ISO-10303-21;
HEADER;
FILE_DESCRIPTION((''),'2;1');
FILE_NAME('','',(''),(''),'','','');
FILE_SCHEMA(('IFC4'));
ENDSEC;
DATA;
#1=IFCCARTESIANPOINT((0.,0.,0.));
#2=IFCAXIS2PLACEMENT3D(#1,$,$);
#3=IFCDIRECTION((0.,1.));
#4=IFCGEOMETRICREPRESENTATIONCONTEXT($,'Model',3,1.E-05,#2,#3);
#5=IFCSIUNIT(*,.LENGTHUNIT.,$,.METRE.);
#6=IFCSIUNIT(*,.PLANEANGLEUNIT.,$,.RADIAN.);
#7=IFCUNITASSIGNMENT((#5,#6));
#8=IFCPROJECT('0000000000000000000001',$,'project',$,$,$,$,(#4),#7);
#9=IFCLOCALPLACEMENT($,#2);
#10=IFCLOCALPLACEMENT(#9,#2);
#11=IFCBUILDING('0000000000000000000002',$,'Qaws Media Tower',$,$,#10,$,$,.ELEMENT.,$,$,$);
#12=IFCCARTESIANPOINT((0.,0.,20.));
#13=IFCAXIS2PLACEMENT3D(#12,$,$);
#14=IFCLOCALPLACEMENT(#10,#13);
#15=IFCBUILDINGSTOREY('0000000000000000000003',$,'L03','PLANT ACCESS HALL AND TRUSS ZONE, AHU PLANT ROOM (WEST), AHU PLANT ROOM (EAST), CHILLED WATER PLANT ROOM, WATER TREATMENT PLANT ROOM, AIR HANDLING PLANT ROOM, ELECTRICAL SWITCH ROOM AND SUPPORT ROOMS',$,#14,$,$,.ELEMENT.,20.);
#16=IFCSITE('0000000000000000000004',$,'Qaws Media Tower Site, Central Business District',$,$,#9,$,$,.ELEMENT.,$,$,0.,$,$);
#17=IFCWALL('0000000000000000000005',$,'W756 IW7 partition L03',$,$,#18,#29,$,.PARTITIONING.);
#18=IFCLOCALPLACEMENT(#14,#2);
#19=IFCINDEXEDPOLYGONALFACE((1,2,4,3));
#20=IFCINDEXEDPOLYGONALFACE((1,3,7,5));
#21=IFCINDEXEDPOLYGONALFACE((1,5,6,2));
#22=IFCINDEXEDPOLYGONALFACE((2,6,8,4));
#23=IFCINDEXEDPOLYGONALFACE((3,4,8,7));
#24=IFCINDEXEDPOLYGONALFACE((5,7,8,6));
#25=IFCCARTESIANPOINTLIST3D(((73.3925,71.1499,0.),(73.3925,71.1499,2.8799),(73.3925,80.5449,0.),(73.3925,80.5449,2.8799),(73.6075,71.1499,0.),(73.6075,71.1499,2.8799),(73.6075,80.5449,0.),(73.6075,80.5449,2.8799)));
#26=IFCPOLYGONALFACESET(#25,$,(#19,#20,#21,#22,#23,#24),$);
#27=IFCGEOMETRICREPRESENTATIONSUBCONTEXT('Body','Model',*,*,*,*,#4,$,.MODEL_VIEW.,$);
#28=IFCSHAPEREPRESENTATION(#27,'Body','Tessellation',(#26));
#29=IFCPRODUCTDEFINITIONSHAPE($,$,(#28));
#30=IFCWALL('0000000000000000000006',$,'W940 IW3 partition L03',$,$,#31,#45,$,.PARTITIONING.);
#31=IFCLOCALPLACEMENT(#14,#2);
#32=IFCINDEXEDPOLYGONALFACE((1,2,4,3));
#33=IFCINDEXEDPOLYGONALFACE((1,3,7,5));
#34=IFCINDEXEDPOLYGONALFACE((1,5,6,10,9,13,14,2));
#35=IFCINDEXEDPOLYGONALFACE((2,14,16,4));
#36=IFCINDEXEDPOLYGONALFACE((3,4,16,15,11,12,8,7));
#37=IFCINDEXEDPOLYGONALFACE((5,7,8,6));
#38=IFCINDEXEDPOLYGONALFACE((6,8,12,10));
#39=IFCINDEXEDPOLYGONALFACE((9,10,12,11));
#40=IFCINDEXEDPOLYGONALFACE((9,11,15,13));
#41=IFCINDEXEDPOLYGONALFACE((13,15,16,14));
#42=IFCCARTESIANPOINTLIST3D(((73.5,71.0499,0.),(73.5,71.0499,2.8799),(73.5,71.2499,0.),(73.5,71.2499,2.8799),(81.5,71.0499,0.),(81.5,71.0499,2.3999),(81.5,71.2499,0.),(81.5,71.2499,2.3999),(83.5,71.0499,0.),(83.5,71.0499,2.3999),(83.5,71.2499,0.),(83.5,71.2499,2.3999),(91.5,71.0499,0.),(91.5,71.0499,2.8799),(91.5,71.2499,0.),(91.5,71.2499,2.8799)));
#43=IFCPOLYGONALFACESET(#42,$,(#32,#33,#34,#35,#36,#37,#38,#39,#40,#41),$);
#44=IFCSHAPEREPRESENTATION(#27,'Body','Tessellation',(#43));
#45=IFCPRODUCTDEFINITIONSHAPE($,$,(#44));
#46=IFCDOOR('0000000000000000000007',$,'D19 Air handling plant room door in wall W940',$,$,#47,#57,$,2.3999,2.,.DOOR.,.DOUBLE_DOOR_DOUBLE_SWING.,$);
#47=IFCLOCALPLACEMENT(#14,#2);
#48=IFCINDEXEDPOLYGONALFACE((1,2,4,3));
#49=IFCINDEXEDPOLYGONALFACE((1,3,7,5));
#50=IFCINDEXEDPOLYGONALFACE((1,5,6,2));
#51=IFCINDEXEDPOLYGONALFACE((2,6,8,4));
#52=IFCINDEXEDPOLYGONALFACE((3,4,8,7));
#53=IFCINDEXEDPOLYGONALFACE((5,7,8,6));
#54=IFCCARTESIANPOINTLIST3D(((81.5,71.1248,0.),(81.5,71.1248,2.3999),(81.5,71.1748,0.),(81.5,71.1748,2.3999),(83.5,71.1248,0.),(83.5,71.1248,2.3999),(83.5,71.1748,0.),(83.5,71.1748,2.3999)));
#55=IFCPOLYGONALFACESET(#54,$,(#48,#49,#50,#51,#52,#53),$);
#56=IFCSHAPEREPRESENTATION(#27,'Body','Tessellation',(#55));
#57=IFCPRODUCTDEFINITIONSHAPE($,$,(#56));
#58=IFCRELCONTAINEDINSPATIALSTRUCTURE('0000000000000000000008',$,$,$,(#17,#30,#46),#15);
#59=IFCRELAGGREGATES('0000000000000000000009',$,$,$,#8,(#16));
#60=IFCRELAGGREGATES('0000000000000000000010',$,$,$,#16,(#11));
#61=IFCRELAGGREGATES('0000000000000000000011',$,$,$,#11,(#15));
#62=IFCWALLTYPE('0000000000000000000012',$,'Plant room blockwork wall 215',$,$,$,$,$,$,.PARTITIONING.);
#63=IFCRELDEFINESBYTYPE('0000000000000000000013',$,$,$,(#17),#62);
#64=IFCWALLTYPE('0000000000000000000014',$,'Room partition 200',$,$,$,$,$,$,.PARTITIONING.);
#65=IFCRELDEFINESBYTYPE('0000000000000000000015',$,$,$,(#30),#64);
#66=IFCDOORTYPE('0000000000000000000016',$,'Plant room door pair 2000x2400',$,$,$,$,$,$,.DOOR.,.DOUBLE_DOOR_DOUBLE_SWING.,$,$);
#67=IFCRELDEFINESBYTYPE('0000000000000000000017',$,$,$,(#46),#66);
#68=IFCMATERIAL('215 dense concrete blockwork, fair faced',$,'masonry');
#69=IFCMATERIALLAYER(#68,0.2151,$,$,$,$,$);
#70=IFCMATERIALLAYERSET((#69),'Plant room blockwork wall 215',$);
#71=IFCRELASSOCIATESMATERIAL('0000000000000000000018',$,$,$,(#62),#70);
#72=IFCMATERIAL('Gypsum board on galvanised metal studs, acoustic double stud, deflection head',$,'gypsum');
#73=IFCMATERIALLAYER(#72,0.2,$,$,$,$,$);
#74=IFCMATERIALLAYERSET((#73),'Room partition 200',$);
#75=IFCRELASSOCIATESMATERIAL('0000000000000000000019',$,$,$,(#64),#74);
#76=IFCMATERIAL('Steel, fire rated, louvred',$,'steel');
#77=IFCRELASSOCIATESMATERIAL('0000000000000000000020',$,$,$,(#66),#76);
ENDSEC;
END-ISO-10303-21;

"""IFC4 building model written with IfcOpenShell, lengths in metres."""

from ifc_helpers import new_model, si_unit, direction, frame, frame_2d, origin, place, context, subcontext, project, spatial, rectangle, extrude, material, layer, layer_set, type_object, element, fill, save


model = new_model("IFC4")

# Units and contexts
model_context = context("Model", 3, precision=1e-05, world=origin(), true_north=direction((0.0, 1.0)))
body_context = subcontext(model_context, "Body", "Model", "MODEL_VIEW")
ifc_project = project(units=[si_unit("LENGTHUNIT", "METRE"), si_unit("PLANEANGLEUNIT", "RADIAN")], contexts=[model_context])

# Site, building, storey
site_placement = place(None, origin())
site = spatial("IfcSite", under=ifc_project, at=site_placement, Name="Qaws Media Tower Site, Central Business District", CompositionType="ELEMENT", RefElevation=0.0)
building_placement = place(site_placement, origin())
building = spatial("IfcBuilding", under=site, at=building_placement, Name="Qaws Media Tower", CompositionType="ELEMENT")
storey_placement = place(building_placement, frame((0.0, 0.0, 20.0)))
storey = spatial("IfcBuildingStorey", under=building, at=storey_placement, Name="L03", Description="PLANT ACCESS HALL AND TRUSS ZONE, AHU PLANT ROOM (WEST), AHU PLANT ROOM (EAST), CHILLED WATER PLANT ROOM, WATER TREATMENT PLANT ROOM, AIR HANDLING PLANT ROOM, ELECTRICAL SWITCH ROOM AND SUPPORT ROOMS", CompositionType="ELEMENT", Elevation=20.0)

# Wall
ifc_material_1 = material(Name="215 dense concrete blockwork, fair faced", Category="masonry")
ifc_layer_1 = layer(ifc_material_1, 0.2151)
ifc_layer_set_1 = layer_set([ifc_layer_1], Name="Plant room blockwork wall 215")
wall_type_1 = type_object("IfcWallType", Name="Plant room blockwork wall 215", PredefinedType="PARTITIONING", material=ifc_layer_set_1)
wall_1_placement = place(storey_placement, frame((73.5, 71.1499, 0.0), z_axis=(0.0, 0.0, 1.0), x_axis=(0.0, 1.0, 0.0)))
element("IfcWall", 1, at=wall_1_placement, inside=storey, type_object=wall_type_1, Name="W756 IW7 partition L03", PredefinedType="PARTITIONING", context=body_context, shape_type="SweptSolid", body=[
    extrude(rectangle(XDim=9.395, YDim=0.2151, at=frame_2d((4.6975, 0.0))), origin(), (0.0, 0.0, 1.0), 2.8799),
])

# Wall, opening, door
ifc_material_2 = material(Name="Gypsum board on galvanised metal studs, acoustic double stud, deflection head", Category="gypsum")
ifc_layer_2 = layer(ifc_material_2, 0.2)
ifc_layer_set_2 = layer_set([ifc_layer_2], Name="Room partition 200")
wall_type_2 = type_object("IfcWallType", Name="Room partition 200", PredefinedType="PARTITIONING", material=ifc_layer_set_2)
wall_2_placement = place(storey_placement, frame((73.5, 71.1499, 0.0), z_axis=(0.0, 0.0, 1.0), x_axis=(1.0, 0.0, 0.0)))
wall_2 = element("IfcWall", 2, at=wall_2_placement, inside=storey, type_object=wall_type_2, Name="W940 IW3 partition L03", PredefinedType="PARTITIONING", context=body_context, shape_type="SweptSolid", body=[
    extrude(rectangle(XDim=18.0, YDim=0.2, at=frame_2d((9.0, 0.0))), origin(), (0.0, 0.0, 1.0), 2.8799),
])
opening_placement = place(wall_2_placement, frame((8.0, 0.0, 0.0)))
opening = element("IfcOpeningElement", 3, at=opening_placement, cuts=wall_2, PredefinedType="OPENING", context=body_context, shape_type="SweptSolid", body=[
    extrude(rectangle(XDim=2.0, YDim=2.3999, at=frame_2d((1.0, 1.2))), frame((0.0, 0.1099, 0.0), z_axis=(0.0, -1.0, 0.0), x_axis=(1.0, 0.0, 0.0)), (0.0, 0.0, 1.0), 0.22),
])
ifc_material_3 = material(Name="Steel, fire rated, louvred", Category="steel")
door_type = type_object("IfcDoorType", Name="Plant room door pair 2000x2400", OperationType="DOUBLE_DOOR_DOUBLE_SWING", PredefinedType="DOOR", material=ifc_material_3)
door_placement = place(opening_placement, origin())
door = element("IfcDoor", 4, at=door_placement, inside=storey, type_object=door_type, Name="D19 Air handling plant room door in wall W940", OperationType="DOUBLE_DOOR_DOUBLE_SWING", OverallHeight=2.3999, OverallWidth=2.0, PredefinedType="DOOR", context=body_context, shape_type="SweptSolid", body=[
    extrude(rectangle(XDim=2.0, YDim=2.3999, at=frame_2d((1.0, 1.2))), frame((0.0, 0.0249, 0.0), z_axis=(0.0, -1.0, 0.0), x_axis=(1.0, 0.0, 0.0)), (0.0, 0.0, 1.0), 0.05),
])
fill(opening, door)

save(model, "model.ifc")
